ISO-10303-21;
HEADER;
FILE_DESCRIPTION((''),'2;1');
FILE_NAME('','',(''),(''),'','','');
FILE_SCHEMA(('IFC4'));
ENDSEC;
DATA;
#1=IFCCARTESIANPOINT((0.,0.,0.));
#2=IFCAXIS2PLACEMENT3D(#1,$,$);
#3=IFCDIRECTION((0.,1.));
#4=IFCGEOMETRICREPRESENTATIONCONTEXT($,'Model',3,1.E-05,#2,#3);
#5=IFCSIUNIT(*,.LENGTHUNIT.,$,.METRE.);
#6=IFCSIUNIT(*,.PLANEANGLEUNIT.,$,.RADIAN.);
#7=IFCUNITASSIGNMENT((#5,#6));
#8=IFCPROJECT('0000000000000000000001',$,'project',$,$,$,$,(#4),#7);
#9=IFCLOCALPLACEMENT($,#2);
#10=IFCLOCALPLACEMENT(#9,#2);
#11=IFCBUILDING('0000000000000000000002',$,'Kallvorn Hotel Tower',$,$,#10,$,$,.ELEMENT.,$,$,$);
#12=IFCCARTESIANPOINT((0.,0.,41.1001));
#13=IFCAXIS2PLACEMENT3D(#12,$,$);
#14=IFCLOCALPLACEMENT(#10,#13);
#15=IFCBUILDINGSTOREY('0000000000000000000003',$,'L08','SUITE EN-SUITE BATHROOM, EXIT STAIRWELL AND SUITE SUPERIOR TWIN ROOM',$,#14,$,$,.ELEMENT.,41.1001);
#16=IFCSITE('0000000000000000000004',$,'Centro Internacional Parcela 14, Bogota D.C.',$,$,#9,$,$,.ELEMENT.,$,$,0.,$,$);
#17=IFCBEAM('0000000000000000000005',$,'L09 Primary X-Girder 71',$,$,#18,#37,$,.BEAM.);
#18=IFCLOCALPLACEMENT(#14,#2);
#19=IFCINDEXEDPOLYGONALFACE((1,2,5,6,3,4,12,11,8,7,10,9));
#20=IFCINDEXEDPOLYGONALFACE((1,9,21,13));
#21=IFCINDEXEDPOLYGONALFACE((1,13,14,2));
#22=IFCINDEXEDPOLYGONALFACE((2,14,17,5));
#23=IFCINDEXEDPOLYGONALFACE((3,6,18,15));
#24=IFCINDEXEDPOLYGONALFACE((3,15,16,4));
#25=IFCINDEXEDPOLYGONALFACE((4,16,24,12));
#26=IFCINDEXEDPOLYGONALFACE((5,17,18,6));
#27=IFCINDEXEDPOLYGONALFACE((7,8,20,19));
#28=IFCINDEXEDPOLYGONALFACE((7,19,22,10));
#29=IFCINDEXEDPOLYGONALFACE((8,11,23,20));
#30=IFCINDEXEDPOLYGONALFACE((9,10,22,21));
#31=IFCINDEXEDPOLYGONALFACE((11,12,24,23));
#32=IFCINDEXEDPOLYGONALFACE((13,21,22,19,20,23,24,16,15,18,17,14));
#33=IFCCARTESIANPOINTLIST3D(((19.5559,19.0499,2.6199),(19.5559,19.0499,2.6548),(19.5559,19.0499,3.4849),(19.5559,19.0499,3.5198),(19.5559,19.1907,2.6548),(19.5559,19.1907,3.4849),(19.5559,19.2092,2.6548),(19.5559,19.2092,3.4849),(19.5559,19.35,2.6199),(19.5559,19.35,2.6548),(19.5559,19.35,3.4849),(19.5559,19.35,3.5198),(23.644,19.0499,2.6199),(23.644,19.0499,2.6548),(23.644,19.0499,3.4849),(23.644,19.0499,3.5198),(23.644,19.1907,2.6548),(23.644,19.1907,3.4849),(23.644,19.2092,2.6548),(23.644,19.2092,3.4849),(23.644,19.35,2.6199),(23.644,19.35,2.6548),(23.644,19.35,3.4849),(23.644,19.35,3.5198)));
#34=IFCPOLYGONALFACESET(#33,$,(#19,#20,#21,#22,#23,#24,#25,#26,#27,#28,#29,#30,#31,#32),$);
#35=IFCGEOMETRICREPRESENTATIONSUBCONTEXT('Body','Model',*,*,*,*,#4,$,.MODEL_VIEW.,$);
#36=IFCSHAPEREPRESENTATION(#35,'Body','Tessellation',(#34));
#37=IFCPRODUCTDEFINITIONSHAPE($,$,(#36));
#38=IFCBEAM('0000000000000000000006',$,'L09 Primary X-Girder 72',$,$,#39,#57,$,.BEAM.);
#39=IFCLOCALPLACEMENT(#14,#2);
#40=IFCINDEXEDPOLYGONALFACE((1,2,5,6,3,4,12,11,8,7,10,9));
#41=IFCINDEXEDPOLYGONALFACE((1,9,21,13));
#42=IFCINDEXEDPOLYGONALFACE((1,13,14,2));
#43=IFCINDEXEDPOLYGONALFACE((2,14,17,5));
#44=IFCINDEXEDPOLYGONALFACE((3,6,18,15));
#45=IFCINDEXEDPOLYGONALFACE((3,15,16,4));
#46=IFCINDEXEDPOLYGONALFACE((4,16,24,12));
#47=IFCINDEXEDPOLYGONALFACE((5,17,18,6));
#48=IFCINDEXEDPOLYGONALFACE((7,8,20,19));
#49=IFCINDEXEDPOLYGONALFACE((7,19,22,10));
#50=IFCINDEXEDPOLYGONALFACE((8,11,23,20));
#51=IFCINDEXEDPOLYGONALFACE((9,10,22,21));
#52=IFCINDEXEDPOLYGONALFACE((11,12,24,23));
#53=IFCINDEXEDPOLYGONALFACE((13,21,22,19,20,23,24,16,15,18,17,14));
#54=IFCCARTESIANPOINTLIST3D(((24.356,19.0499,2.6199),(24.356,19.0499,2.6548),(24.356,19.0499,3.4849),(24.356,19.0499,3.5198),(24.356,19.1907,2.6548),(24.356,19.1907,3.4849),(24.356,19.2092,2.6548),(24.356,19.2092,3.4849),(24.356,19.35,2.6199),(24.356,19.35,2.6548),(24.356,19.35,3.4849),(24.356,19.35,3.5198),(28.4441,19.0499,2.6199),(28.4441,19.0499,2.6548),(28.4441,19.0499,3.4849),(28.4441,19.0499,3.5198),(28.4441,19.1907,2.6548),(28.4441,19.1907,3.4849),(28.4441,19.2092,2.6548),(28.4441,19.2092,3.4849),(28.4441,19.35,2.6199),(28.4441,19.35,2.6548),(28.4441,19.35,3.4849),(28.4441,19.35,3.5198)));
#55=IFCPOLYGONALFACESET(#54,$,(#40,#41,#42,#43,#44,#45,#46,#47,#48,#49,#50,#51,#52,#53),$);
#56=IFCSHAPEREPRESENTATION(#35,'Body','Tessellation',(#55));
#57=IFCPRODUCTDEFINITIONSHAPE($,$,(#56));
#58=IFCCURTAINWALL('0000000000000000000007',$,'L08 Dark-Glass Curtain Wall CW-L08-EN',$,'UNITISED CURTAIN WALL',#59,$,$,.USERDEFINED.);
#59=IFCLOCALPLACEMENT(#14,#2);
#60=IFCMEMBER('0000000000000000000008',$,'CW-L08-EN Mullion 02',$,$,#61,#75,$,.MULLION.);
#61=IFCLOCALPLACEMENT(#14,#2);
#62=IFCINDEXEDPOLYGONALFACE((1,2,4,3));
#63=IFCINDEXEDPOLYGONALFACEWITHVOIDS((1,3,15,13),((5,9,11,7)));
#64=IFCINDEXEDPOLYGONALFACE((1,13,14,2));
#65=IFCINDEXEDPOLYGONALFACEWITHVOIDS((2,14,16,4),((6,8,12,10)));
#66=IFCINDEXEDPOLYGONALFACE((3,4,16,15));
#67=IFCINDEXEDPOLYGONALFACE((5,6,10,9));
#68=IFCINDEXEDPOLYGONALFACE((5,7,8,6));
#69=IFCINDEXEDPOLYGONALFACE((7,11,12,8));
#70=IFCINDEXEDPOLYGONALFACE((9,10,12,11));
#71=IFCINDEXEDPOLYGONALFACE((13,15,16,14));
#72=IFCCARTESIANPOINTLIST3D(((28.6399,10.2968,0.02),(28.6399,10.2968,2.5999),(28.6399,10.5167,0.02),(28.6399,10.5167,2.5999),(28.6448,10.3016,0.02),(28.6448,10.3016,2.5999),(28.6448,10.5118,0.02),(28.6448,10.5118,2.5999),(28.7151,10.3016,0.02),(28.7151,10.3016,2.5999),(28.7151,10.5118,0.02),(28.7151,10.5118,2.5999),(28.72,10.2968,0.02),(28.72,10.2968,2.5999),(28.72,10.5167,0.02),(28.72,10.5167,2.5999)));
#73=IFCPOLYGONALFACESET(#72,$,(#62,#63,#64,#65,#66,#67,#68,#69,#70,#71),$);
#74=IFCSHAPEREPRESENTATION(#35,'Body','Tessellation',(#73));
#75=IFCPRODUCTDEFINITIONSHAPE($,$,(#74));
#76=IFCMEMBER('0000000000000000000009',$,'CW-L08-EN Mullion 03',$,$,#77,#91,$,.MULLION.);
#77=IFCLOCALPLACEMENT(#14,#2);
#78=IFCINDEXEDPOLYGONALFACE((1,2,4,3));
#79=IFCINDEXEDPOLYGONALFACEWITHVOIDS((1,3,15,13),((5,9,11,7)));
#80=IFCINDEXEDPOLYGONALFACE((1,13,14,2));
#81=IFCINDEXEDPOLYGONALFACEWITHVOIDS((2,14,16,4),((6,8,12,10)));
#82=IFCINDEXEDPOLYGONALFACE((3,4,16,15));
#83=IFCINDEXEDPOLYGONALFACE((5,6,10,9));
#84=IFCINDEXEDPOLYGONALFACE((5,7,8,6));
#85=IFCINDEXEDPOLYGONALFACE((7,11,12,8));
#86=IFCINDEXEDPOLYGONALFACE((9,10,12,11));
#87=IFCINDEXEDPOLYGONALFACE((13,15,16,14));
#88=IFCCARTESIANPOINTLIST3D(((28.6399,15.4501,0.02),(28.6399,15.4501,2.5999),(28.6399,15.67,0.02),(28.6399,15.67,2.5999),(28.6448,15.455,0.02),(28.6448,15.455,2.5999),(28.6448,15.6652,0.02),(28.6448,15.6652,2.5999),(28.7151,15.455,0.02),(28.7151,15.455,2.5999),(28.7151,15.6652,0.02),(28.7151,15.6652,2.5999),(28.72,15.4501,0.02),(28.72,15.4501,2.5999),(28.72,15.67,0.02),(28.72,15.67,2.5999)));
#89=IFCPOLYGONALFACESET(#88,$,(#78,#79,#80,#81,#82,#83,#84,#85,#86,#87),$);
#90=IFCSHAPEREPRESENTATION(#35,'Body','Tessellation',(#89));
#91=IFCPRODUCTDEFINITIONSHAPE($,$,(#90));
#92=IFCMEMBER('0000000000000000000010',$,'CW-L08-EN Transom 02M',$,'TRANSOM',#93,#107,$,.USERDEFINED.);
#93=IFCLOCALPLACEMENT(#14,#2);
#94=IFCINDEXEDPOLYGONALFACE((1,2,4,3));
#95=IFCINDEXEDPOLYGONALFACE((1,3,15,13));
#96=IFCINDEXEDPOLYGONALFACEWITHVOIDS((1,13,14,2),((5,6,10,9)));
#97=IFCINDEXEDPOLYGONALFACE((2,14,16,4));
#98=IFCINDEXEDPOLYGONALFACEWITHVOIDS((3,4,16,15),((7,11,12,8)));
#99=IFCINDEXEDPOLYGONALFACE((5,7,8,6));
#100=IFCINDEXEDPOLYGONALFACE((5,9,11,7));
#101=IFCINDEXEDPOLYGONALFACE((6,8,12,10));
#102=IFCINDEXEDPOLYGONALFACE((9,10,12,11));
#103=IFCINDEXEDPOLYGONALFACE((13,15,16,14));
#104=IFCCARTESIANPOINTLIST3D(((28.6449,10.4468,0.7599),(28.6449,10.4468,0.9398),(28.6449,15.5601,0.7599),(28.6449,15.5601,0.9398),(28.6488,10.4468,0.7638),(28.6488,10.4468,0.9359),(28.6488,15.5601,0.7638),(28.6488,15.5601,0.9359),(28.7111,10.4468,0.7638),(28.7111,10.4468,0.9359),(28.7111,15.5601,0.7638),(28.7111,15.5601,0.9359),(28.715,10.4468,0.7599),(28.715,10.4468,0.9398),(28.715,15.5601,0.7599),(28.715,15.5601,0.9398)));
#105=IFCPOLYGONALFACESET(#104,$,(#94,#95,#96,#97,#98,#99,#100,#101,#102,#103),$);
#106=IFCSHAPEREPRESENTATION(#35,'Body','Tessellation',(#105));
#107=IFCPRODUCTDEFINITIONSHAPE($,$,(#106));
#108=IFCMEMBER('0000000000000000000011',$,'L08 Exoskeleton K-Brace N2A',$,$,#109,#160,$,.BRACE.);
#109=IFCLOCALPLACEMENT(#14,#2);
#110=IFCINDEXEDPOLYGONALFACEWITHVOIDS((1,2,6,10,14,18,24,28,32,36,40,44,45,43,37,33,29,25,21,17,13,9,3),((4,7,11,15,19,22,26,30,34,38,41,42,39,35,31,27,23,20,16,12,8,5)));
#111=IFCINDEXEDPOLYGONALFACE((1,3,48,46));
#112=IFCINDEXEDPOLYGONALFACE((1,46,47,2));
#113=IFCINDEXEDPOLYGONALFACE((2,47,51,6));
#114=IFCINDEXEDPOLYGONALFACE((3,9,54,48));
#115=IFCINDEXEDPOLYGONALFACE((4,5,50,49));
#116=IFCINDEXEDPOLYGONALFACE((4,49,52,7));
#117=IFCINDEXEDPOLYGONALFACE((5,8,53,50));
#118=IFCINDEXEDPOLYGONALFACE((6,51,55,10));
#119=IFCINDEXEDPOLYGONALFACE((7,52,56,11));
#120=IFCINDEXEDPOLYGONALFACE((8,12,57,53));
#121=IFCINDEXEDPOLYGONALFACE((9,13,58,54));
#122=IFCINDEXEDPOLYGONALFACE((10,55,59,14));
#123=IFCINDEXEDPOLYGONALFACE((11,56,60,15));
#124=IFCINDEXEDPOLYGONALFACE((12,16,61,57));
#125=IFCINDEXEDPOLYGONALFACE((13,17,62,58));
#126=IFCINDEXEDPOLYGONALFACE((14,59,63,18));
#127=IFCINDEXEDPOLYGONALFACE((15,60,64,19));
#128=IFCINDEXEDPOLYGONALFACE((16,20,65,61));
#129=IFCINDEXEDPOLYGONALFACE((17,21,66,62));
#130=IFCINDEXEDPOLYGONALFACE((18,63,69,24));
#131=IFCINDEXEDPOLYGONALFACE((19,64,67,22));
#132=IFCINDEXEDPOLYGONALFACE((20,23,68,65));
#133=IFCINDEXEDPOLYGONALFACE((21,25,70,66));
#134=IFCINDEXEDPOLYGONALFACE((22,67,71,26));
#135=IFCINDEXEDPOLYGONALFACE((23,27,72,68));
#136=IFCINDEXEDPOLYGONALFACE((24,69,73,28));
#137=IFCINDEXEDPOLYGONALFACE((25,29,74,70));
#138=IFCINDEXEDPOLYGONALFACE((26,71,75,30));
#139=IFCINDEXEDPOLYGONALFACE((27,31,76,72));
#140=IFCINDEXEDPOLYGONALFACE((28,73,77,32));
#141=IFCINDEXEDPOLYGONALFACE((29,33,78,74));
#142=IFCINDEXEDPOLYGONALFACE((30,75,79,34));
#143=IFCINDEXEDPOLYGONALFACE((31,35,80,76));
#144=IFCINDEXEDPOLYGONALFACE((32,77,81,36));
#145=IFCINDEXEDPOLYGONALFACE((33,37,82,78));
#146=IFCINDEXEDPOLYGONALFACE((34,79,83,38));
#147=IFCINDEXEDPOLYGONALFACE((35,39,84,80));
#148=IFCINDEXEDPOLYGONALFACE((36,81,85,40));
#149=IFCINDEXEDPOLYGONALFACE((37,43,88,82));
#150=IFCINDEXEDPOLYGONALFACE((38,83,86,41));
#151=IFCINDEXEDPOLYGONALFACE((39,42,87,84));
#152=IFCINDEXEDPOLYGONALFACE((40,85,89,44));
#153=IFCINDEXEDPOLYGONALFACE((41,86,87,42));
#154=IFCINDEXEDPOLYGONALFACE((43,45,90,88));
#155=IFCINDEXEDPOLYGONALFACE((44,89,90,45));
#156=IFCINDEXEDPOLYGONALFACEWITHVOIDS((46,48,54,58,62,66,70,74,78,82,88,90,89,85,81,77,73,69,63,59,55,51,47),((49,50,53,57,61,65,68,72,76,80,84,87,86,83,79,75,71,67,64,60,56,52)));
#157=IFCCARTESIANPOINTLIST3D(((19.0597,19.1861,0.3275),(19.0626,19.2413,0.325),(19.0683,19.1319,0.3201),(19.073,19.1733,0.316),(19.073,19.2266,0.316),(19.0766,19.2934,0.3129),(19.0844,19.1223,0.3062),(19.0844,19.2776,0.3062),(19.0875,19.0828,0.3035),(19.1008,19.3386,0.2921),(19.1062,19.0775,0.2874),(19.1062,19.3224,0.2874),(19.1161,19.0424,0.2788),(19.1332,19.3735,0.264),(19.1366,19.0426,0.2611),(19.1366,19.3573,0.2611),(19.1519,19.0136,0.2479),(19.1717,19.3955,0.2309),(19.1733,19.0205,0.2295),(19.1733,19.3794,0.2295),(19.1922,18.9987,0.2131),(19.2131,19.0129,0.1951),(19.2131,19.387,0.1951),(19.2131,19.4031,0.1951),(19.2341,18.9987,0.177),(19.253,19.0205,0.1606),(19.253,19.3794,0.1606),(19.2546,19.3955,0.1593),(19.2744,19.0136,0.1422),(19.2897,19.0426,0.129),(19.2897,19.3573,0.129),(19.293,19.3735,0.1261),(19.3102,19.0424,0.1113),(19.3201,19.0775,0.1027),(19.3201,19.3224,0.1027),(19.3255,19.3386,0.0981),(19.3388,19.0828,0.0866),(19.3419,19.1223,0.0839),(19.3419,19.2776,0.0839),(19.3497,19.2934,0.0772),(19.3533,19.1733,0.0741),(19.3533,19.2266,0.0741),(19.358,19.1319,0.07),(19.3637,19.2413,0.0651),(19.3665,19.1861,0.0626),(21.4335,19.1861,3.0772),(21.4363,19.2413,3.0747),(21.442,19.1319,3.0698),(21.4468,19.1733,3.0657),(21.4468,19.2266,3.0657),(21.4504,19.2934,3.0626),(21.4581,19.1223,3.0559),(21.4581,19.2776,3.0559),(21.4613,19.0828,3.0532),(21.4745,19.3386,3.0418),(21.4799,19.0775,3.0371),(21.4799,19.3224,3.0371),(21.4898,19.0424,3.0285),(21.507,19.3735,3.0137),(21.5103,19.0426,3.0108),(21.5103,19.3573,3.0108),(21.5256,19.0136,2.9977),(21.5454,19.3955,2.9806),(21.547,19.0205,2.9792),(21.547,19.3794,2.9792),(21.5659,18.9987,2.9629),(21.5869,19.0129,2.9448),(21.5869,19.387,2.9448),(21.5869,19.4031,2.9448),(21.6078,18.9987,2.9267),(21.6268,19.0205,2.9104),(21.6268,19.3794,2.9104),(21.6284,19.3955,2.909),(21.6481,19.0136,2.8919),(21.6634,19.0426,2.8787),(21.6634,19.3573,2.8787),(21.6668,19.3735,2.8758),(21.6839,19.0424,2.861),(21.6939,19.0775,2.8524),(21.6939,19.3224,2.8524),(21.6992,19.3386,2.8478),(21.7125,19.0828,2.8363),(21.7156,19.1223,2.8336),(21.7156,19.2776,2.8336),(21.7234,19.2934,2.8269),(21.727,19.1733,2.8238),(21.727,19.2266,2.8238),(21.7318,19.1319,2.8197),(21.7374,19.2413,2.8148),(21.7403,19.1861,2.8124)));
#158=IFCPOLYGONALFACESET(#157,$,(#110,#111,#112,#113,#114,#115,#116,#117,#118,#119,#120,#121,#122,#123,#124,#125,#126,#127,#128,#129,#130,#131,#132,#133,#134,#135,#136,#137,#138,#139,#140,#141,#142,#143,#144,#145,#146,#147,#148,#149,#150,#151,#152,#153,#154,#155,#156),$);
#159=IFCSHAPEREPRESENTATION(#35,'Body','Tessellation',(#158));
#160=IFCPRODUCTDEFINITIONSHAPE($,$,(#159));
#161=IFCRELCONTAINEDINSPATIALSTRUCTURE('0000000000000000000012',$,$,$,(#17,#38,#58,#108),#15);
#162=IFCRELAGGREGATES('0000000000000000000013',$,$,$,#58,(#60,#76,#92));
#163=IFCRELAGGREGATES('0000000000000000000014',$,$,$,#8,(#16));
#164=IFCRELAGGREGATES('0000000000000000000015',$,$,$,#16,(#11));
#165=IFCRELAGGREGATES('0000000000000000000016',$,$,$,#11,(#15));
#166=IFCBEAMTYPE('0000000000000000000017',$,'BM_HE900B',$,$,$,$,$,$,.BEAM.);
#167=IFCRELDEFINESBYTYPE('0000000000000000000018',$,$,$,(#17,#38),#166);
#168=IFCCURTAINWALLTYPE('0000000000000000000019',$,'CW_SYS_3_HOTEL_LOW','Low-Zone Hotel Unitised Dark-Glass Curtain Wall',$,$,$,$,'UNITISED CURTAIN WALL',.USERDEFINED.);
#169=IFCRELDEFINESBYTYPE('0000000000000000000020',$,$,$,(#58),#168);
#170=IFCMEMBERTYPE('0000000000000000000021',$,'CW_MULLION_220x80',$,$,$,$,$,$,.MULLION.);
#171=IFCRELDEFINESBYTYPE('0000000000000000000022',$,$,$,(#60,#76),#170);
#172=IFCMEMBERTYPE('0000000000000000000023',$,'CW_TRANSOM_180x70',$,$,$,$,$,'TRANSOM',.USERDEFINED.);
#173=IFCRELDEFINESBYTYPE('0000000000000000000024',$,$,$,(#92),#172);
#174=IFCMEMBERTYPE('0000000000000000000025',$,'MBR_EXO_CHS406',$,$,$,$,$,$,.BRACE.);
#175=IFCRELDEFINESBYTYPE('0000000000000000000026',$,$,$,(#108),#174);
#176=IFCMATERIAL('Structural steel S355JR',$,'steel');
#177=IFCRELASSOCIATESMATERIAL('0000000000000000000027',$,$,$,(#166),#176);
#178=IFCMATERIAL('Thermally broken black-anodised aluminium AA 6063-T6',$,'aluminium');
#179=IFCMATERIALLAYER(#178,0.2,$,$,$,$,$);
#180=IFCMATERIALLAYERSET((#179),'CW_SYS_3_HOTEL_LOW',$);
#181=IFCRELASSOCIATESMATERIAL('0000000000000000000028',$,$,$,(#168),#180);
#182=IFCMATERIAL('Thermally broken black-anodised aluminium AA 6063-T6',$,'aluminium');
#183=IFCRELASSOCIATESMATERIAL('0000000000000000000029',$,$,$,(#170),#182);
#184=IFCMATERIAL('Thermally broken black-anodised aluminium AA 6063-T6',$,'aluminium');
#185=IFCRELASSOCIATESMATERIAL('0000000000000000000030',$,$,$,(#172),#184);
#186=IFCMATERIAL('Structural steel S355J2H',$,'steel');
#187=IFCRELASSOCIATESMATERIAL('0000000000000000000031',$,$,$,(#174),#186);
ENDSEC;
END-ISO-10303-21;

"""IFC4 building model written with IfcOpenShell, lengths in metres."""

from ifc_helpers import new_model, si_unit, direction, frame, origin, origin_2d, place, context, subcontext, project, spatial, hollow_rectangle, hollow_circle, i_section, extrude, material, layer, layer_set, material_profile, profile_set, type_object, element, aggregate, save


model = new_model("IFC4")

# Units and contexts
model_context = context("Model", 3, precision=1e-05, world=origin(), true_north=direction((0.0, 1.0)))
body_context = subcontext(model_context, "Body", "Model", "MODEL_VIEW")
ifc_project = project(units=[si_unit("LENGTHUNIT", "METRE"), si_unit("PLANEANGLEUNIT", "RADIAN")], contexts=[model_context])

# Site, building, storey
site_placement = place(None, origin())
site = spatial("IfcSite", under=ifc_project, at=site_placement, Name="Centro Internacional Parcela 14, Bogota D.C.", CompositionType="ELEMENT", RefElevation=0.0)
building_placement = place(site_placement, origin())
building = spatial("IfcBuilding", under=site, at=building_placement, Name="Kallvorn Hotel Tower", CompositionType="ELEMENT")
storey_placement = place(building_placement, frame((0.0, 0.0, 41.1001)))
storey = spatial("IfcBuildingStorey", under=building, at=storey_placement, Name="L08", Description="SUITE EN-SUITE BATHROOM, EXIT STAIRWELL AND SUITE SUPERIOR TWIN ROOM", CompositionType="ELEMENT", Elevation=41.1001)

# Beams
ifc_material_1 = material(Name="Structural steel S355JR", Category="steel")
ifc_material_profile_1 = material_profile(ifc_material_1, i_section(OverallWidth=0.3, OverallDepth=0.8999, WebThickness=0.0186, FlangeThickness=0.0349, at=origin_2d()), Name="HE 900 B")
ifc_profile_set_1 = profile_set([ifc_material_profile_1], Name="Structural steel S355JR")
beam_type_1 = type_object("IfcBeamType", Name="BM_HE900B", PredefinedType="BEAM", material=ifc_profile_set_1)
for number, where, z_axis, x_axis, name in (
    (1, (19.5559, 19.2, 3.0698), (1.0, 0.0, 0.0), (0.0, 1.0, 0.0), "L09 Primary X-Girder 71"),
    (2, (24.356, 19.2, 3.0698), (1.0, 0.0, 0.0), (0.0, 1.0, 0.0), "L09 Primary X-Girder 72"),
):
    element("IfcBeam", number, at=place(storey_placement, frame(where, z_axis=z_axis, x_axis=x_axis)), inside=storey, type_object=beam_type_1, Name=name, PredefinedType="BEAM", context=body_context, shape_type="SweptSolid", body=[
        extrude(i_section(OverallWidth=0.3, OverallDepth=0.8999, WebThickness=0.0186, FlangeThickness=0.0349, at=origin_2d()), origin(), (0.0, 0.0, 1.0), 4.0881),
    ])

# Curtain wall, members
ifc_material_2 = material(Name="Thermally broken black-anodised aluminium AA 6063-T6", Category="aluminium")
ifc_layer_1 = layer(ifc_material_2, 0.2)
ifc_layer_set_1 = layer_set([ifc_layer_1], Name="CW_SYS_3_HOTEL_LOW")
curtain_wall_type = type_object("IfcCurtainWallType", Name="CW_SYS_3_HOTEL_LOW", Description="Low-Zone Hotel Unitised Dark-Glass Curtain Wall", ElementType="UNITISED CURTAIN WALL", PredefinedType="USERDEFINED", material=ifc_layer_set_1)
curtain_wall_placement = place(storey_placement, origin())
curtain_wall = element("IfcCurtainWall", 3, at=curtain_wall_placement, inside=storey, type_object=curtain_wall_type, Name="L08 Dark-Glass Curtain Wall CW-L08-EN", ObjectType="UNITISED CURTAIN WALL", PredefinedType="USERDEFINED")
ifc_material_3 = material(Name="Thermally broken black-anodised aluminium AA 6063-T6", Category="aluminium")
ifc_material_profile_2 = material_profile(ifc_material_3, hollow_rectangle(XDim=0.0801, YDim=0.22, WallThickness=0.0049, at=origin_2d()), Name="MUL 220x80")
ifc_profile_set_2 = profile_set([ifc_material_profile_2], Name="Thermally broken black-anodised aluminium AA 6063-T6")
member_type_1 = type_object("IfcMemberType", Name="CW_MULLION_220x80", PredefinedType="MULLION", material=ifc_profile_set_2)
member_1_placement = place(storey_placement, frame((28.6799, 10.4067, 0.02), z_axis=(0.0, 0.0, 1.0), x_axis=(1.0, 0.0, 0.0)))
member_1 = element("IfcMember", 4, at=member_1_placement, type_object=member_type_1, Name="CW-L08-EN Mullion 02", PredefinedType="MULLION", context=body_context, shape_type="SweptSolid", body=[
    extrude(hollow_rectangle(XDim=0.0801, YDim=0.22, WallThickness=0.0049, at=origin_2d()), origin(), (0.0, 0.0, 1.0), 2.5798),
])
member_2_placement = place(storey_placement, frame((28.6799, 15.5601, 0.02), z_axis=(0.0, 0.0, 1.0), x_axis=(1.0, 0.0, 0.0)))
member_2 = element("IfcMember", 5, at=member_2_placement, type_object=member_type_1, Name="CW-L08-EN Mullion 03", PredefinedType="MULLION", context=body_context, shape_type="SweptSolid", body=[
    extrude(hollow_rectangle(XDim=0.0801, YDim=0.22, WallThickness=0.0049, at=origin_2d()), origin(), (0.0, 0.0, 1.0), 2.5798),
])
ifc_material_4 = material(Name="Thermally broken black-anodised aluminium AA 6063-T6", Category="aluminium")
ifc_material_profile_3 = material_profile(ifc_material_4, hollow_rectangle(XDim=0.0701, YDim=0.1799, WallThickness=0.0039, at=origin_2d()), Name="TRN 180x70")
ifc_profile_set_3 = profile_set([ifc_material_profile_3], Name="Thermally broken black-anodised aluminium AA 6063-T6")
member_type_2 = type_object("IfcMemberType", Name="CW_TRANSOM_180x70", ElementType="TRANSOM", PredefinedType="USERDEFINED", material=ifc_profile_set_3)
member_3_placement = place(storey_placement, frame((28.6799, 10.4468, 0.8499), z_axis=(0.0, 1.0, 0.0), x_axis=(-1.0, 0.0, 0.0)))
member_3 = element("IfcMember", 6, at=member_3_placement, type_object=member_type_2, Name="CW-L08-EN Transom 02M", ObjectType="TRANSOM", PredefinedType="USERDEFINED", context=body_context, shape_type="SweptSolid", body=[
    extrude(hollow_rectangle(XDim=0.0701, YDim=0.1799, WallThickness=0.0039, at=origin_2d()), origin(), (0.0, 0.0, 1.0), 5.1133),
])

# Member
ifc_material_5 = material(Name="Structural steel S355J2H", Category="steel")
ifc_material_profile_4 = material_profile(ifc_material_5, hollow_circle(Radius=0.2031, WallThickness=0.0161, at=origin_2d()), Name="CHS 406.4x16")
ifc_profile_set_4 = profile_set([ifc_material_profile_4], Name="Structural steel S355J2H")
member_type_3 = type_object("IfcMemberType", Name="MBR_EXO_CHS406", PredefinedType="BRACE", material=ifc_profile_set_4)
for number, where, z_axis, x_axis, name in (
    (7, (19.2131, 19.2, 0.1951), (0.653461, 0.0, 0.756961), (0.0, 1.0, 0.0), "L08 Exoskeleton K-Brace N2A"),
):
    element("IfcMember", number, at=place(storey_placement, frame(where, z_axis=z_axis, x_axis=x_axis)), inside=storey, type_object=member_type_3, Name=name, PredefinedType="BRACE", context=body_context, shape_type="SweptSolid", body=[
        extrude(hollow_circle(Radius=0.2031, WallThickness=0.0161, at=origin_2d()), origin(), (0.0, 0.0, 1.0), 3.6326),
    ])

aggregate(curtain_wall, [member_1, member_2, member_3])

save(model, "model.ifc")
